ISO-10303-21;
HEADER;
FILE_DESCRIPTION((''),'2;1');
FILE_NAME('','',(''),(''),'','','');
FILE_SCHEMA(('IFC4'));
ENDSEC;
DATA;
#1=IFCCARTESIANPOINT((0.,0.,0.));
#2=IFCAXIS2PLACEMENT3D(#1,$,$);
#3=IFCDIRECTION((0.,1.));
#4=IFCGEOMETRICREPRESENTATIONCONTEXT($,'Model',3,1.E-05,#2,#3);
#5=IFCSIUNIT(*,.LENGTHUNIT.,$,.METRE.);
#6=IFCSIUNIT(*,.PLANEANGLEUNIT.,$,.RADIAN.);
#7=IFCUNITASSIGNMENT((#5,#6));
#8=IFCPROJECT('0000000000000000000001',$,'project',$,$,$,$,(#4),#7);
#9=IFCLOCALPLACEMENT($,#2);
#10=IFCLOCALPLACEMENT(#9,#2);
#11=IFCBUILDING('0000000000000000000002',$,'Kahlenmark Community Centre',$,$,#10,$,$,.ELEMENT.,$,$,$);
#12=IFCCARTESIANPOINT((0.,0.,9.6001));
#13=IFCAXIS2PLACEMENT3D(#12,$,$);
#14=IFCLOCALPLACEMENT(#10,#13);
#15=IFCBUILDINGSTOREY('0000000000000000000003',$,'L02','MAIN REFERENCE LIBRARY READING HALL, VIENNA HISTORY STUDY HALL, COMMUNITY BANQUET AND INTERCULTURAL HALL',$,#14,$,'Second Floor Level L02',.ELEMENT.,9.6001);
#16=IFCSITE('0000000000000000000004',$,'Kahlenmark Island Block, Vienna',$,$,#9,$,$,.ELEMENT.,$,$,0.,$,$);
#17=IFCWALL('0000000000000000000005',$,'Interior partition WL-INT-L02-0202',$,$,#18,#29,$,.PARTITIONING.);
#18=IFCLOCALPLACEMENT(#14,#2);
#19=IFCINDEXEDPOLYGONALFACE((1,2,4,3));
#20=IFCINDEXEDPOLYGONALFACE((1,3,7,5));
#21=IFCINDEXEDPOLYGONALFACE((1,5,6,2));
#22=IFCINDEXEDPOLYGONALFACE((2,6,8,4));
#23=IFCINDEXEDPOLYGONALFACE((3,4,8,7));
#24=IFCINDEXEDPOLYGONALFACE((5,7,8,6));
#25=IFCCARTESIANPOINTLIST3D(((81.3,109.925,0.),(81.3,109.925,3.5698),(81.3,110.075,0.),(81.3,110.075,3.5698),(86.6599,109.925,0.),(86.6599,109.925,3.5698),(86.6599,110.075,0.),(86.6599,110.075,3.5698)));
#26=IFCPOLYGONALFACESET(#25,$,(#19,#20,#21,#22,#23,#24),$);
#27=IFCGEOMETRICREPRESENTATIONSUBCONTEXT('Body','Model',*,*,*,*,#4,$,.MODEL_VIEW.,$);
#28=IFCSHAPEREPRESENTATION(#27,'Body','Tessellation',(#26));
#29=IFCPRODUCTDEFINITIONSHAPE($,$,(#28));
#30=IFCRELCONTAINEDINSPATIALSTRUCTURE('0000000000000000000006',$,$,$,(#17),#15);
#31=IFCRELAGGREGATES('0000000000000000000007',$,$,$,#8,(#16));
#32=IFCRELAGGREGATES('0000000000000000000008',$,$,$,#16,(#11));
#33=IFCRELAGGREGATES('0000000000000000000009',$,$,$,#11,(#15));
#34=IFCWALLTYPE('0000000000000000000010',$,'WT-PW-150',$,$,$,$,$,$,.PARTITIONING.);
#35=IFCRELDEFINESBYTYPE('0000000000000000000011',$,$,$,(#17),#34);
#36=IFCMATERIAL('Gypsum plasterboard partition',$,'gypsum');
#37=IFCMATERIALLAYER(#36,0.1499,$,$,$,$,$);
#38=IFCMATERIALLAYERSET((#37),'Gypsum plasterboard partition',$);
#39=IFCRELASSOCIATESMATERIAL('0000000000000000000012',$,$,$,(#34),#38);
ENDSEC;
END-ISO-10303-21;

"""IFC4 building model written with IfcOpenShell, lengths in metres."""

from ifc_helpers import new_model, si_unit, direction, frame, frame_2d, origin, place, context, subcontext, project, spatial, rectangle, extrude, material, layer, layer_set, type_object, element, save


model = new_model("IFC4")

# Units and contexts
model_context = context("Model", 3, precision=1e-05, world=origin(), true_north=direction((0.0, 1.0)))
body_context = subcontext(model_context, "Body", "Model", "MODEL_VIEW")
ifc_project = project(units=[si_unit("LENGTHUNIT", "METRE"), si_unit("PLANEANGLEUNIT", "RADIAN")], contexts=[model_context])

# Site, building, storey
site_placement = place(None, origin())
site = spatial("IfcSite", under=ifc_project, at=site_placement, Name="Kahlenmark Island Block, Vienna", CompositionType="ELEMENT", RefElevation=0.0)
building_placement = place(site_placement, origin())
building = spatial("IfcBuilding", under=site, at=building_placement, Name="Kahlenmark Community Centre", CompositionType="ELEMENT")
storey_placement = place(building_placement, frame((0.0, 0.0, 9.6001)))
storey = spatial("IfcBuildingStorey", under=building, at=storey_placement, Name="L02", Description="MAIN REFERENCE LIBRARY READING HALL, VIENNA HISTORY STUDY HALL, COMMUNITY BANQUET AND INTERCULTURAL HALL", LongName="Second Floor Level L02", CompositionType="ELEMENT", Elevation=9.6001)

# Wall
ifc_material_1 = material(Name="Gypsum plasterboard partition", Category="gypsum")
ifc_layer_1 = layer(ifc_material_1, 0.1499)
ifc_layer_set_1 = layer_set([ifc_layer_1], Name="Gypsum plasterboard partition")
wall_type_1 = type_object("IfcWallType", Name="WT-PW-150", PredefinedType="PARTITIONING", material=ifc_layer_set_1)
wall_1_placement = place(storey_placement, frame((81.3, 110.0, 0.0), z_axis=(0.0, 0.0, 1.0), x_axis=(1.0, 0.0, 0.0)))
element("IfcWall", 1, at=wall_1_placement, inside=storey, type_object=wall_type_1, Name="Interior partition WL-INT-L02-0202", PredefinedType="PARTITIONING", context=body_context, shape_type="SweptSolid", body=[
    extrude(rectangle(XDim=5.3599, YDim=0.1499, at=frame_2d((2.6799, 0.0))), origin(), (0.0, 0.0, 1.0), 3.5698),
])

save(model, "model.ifc")
